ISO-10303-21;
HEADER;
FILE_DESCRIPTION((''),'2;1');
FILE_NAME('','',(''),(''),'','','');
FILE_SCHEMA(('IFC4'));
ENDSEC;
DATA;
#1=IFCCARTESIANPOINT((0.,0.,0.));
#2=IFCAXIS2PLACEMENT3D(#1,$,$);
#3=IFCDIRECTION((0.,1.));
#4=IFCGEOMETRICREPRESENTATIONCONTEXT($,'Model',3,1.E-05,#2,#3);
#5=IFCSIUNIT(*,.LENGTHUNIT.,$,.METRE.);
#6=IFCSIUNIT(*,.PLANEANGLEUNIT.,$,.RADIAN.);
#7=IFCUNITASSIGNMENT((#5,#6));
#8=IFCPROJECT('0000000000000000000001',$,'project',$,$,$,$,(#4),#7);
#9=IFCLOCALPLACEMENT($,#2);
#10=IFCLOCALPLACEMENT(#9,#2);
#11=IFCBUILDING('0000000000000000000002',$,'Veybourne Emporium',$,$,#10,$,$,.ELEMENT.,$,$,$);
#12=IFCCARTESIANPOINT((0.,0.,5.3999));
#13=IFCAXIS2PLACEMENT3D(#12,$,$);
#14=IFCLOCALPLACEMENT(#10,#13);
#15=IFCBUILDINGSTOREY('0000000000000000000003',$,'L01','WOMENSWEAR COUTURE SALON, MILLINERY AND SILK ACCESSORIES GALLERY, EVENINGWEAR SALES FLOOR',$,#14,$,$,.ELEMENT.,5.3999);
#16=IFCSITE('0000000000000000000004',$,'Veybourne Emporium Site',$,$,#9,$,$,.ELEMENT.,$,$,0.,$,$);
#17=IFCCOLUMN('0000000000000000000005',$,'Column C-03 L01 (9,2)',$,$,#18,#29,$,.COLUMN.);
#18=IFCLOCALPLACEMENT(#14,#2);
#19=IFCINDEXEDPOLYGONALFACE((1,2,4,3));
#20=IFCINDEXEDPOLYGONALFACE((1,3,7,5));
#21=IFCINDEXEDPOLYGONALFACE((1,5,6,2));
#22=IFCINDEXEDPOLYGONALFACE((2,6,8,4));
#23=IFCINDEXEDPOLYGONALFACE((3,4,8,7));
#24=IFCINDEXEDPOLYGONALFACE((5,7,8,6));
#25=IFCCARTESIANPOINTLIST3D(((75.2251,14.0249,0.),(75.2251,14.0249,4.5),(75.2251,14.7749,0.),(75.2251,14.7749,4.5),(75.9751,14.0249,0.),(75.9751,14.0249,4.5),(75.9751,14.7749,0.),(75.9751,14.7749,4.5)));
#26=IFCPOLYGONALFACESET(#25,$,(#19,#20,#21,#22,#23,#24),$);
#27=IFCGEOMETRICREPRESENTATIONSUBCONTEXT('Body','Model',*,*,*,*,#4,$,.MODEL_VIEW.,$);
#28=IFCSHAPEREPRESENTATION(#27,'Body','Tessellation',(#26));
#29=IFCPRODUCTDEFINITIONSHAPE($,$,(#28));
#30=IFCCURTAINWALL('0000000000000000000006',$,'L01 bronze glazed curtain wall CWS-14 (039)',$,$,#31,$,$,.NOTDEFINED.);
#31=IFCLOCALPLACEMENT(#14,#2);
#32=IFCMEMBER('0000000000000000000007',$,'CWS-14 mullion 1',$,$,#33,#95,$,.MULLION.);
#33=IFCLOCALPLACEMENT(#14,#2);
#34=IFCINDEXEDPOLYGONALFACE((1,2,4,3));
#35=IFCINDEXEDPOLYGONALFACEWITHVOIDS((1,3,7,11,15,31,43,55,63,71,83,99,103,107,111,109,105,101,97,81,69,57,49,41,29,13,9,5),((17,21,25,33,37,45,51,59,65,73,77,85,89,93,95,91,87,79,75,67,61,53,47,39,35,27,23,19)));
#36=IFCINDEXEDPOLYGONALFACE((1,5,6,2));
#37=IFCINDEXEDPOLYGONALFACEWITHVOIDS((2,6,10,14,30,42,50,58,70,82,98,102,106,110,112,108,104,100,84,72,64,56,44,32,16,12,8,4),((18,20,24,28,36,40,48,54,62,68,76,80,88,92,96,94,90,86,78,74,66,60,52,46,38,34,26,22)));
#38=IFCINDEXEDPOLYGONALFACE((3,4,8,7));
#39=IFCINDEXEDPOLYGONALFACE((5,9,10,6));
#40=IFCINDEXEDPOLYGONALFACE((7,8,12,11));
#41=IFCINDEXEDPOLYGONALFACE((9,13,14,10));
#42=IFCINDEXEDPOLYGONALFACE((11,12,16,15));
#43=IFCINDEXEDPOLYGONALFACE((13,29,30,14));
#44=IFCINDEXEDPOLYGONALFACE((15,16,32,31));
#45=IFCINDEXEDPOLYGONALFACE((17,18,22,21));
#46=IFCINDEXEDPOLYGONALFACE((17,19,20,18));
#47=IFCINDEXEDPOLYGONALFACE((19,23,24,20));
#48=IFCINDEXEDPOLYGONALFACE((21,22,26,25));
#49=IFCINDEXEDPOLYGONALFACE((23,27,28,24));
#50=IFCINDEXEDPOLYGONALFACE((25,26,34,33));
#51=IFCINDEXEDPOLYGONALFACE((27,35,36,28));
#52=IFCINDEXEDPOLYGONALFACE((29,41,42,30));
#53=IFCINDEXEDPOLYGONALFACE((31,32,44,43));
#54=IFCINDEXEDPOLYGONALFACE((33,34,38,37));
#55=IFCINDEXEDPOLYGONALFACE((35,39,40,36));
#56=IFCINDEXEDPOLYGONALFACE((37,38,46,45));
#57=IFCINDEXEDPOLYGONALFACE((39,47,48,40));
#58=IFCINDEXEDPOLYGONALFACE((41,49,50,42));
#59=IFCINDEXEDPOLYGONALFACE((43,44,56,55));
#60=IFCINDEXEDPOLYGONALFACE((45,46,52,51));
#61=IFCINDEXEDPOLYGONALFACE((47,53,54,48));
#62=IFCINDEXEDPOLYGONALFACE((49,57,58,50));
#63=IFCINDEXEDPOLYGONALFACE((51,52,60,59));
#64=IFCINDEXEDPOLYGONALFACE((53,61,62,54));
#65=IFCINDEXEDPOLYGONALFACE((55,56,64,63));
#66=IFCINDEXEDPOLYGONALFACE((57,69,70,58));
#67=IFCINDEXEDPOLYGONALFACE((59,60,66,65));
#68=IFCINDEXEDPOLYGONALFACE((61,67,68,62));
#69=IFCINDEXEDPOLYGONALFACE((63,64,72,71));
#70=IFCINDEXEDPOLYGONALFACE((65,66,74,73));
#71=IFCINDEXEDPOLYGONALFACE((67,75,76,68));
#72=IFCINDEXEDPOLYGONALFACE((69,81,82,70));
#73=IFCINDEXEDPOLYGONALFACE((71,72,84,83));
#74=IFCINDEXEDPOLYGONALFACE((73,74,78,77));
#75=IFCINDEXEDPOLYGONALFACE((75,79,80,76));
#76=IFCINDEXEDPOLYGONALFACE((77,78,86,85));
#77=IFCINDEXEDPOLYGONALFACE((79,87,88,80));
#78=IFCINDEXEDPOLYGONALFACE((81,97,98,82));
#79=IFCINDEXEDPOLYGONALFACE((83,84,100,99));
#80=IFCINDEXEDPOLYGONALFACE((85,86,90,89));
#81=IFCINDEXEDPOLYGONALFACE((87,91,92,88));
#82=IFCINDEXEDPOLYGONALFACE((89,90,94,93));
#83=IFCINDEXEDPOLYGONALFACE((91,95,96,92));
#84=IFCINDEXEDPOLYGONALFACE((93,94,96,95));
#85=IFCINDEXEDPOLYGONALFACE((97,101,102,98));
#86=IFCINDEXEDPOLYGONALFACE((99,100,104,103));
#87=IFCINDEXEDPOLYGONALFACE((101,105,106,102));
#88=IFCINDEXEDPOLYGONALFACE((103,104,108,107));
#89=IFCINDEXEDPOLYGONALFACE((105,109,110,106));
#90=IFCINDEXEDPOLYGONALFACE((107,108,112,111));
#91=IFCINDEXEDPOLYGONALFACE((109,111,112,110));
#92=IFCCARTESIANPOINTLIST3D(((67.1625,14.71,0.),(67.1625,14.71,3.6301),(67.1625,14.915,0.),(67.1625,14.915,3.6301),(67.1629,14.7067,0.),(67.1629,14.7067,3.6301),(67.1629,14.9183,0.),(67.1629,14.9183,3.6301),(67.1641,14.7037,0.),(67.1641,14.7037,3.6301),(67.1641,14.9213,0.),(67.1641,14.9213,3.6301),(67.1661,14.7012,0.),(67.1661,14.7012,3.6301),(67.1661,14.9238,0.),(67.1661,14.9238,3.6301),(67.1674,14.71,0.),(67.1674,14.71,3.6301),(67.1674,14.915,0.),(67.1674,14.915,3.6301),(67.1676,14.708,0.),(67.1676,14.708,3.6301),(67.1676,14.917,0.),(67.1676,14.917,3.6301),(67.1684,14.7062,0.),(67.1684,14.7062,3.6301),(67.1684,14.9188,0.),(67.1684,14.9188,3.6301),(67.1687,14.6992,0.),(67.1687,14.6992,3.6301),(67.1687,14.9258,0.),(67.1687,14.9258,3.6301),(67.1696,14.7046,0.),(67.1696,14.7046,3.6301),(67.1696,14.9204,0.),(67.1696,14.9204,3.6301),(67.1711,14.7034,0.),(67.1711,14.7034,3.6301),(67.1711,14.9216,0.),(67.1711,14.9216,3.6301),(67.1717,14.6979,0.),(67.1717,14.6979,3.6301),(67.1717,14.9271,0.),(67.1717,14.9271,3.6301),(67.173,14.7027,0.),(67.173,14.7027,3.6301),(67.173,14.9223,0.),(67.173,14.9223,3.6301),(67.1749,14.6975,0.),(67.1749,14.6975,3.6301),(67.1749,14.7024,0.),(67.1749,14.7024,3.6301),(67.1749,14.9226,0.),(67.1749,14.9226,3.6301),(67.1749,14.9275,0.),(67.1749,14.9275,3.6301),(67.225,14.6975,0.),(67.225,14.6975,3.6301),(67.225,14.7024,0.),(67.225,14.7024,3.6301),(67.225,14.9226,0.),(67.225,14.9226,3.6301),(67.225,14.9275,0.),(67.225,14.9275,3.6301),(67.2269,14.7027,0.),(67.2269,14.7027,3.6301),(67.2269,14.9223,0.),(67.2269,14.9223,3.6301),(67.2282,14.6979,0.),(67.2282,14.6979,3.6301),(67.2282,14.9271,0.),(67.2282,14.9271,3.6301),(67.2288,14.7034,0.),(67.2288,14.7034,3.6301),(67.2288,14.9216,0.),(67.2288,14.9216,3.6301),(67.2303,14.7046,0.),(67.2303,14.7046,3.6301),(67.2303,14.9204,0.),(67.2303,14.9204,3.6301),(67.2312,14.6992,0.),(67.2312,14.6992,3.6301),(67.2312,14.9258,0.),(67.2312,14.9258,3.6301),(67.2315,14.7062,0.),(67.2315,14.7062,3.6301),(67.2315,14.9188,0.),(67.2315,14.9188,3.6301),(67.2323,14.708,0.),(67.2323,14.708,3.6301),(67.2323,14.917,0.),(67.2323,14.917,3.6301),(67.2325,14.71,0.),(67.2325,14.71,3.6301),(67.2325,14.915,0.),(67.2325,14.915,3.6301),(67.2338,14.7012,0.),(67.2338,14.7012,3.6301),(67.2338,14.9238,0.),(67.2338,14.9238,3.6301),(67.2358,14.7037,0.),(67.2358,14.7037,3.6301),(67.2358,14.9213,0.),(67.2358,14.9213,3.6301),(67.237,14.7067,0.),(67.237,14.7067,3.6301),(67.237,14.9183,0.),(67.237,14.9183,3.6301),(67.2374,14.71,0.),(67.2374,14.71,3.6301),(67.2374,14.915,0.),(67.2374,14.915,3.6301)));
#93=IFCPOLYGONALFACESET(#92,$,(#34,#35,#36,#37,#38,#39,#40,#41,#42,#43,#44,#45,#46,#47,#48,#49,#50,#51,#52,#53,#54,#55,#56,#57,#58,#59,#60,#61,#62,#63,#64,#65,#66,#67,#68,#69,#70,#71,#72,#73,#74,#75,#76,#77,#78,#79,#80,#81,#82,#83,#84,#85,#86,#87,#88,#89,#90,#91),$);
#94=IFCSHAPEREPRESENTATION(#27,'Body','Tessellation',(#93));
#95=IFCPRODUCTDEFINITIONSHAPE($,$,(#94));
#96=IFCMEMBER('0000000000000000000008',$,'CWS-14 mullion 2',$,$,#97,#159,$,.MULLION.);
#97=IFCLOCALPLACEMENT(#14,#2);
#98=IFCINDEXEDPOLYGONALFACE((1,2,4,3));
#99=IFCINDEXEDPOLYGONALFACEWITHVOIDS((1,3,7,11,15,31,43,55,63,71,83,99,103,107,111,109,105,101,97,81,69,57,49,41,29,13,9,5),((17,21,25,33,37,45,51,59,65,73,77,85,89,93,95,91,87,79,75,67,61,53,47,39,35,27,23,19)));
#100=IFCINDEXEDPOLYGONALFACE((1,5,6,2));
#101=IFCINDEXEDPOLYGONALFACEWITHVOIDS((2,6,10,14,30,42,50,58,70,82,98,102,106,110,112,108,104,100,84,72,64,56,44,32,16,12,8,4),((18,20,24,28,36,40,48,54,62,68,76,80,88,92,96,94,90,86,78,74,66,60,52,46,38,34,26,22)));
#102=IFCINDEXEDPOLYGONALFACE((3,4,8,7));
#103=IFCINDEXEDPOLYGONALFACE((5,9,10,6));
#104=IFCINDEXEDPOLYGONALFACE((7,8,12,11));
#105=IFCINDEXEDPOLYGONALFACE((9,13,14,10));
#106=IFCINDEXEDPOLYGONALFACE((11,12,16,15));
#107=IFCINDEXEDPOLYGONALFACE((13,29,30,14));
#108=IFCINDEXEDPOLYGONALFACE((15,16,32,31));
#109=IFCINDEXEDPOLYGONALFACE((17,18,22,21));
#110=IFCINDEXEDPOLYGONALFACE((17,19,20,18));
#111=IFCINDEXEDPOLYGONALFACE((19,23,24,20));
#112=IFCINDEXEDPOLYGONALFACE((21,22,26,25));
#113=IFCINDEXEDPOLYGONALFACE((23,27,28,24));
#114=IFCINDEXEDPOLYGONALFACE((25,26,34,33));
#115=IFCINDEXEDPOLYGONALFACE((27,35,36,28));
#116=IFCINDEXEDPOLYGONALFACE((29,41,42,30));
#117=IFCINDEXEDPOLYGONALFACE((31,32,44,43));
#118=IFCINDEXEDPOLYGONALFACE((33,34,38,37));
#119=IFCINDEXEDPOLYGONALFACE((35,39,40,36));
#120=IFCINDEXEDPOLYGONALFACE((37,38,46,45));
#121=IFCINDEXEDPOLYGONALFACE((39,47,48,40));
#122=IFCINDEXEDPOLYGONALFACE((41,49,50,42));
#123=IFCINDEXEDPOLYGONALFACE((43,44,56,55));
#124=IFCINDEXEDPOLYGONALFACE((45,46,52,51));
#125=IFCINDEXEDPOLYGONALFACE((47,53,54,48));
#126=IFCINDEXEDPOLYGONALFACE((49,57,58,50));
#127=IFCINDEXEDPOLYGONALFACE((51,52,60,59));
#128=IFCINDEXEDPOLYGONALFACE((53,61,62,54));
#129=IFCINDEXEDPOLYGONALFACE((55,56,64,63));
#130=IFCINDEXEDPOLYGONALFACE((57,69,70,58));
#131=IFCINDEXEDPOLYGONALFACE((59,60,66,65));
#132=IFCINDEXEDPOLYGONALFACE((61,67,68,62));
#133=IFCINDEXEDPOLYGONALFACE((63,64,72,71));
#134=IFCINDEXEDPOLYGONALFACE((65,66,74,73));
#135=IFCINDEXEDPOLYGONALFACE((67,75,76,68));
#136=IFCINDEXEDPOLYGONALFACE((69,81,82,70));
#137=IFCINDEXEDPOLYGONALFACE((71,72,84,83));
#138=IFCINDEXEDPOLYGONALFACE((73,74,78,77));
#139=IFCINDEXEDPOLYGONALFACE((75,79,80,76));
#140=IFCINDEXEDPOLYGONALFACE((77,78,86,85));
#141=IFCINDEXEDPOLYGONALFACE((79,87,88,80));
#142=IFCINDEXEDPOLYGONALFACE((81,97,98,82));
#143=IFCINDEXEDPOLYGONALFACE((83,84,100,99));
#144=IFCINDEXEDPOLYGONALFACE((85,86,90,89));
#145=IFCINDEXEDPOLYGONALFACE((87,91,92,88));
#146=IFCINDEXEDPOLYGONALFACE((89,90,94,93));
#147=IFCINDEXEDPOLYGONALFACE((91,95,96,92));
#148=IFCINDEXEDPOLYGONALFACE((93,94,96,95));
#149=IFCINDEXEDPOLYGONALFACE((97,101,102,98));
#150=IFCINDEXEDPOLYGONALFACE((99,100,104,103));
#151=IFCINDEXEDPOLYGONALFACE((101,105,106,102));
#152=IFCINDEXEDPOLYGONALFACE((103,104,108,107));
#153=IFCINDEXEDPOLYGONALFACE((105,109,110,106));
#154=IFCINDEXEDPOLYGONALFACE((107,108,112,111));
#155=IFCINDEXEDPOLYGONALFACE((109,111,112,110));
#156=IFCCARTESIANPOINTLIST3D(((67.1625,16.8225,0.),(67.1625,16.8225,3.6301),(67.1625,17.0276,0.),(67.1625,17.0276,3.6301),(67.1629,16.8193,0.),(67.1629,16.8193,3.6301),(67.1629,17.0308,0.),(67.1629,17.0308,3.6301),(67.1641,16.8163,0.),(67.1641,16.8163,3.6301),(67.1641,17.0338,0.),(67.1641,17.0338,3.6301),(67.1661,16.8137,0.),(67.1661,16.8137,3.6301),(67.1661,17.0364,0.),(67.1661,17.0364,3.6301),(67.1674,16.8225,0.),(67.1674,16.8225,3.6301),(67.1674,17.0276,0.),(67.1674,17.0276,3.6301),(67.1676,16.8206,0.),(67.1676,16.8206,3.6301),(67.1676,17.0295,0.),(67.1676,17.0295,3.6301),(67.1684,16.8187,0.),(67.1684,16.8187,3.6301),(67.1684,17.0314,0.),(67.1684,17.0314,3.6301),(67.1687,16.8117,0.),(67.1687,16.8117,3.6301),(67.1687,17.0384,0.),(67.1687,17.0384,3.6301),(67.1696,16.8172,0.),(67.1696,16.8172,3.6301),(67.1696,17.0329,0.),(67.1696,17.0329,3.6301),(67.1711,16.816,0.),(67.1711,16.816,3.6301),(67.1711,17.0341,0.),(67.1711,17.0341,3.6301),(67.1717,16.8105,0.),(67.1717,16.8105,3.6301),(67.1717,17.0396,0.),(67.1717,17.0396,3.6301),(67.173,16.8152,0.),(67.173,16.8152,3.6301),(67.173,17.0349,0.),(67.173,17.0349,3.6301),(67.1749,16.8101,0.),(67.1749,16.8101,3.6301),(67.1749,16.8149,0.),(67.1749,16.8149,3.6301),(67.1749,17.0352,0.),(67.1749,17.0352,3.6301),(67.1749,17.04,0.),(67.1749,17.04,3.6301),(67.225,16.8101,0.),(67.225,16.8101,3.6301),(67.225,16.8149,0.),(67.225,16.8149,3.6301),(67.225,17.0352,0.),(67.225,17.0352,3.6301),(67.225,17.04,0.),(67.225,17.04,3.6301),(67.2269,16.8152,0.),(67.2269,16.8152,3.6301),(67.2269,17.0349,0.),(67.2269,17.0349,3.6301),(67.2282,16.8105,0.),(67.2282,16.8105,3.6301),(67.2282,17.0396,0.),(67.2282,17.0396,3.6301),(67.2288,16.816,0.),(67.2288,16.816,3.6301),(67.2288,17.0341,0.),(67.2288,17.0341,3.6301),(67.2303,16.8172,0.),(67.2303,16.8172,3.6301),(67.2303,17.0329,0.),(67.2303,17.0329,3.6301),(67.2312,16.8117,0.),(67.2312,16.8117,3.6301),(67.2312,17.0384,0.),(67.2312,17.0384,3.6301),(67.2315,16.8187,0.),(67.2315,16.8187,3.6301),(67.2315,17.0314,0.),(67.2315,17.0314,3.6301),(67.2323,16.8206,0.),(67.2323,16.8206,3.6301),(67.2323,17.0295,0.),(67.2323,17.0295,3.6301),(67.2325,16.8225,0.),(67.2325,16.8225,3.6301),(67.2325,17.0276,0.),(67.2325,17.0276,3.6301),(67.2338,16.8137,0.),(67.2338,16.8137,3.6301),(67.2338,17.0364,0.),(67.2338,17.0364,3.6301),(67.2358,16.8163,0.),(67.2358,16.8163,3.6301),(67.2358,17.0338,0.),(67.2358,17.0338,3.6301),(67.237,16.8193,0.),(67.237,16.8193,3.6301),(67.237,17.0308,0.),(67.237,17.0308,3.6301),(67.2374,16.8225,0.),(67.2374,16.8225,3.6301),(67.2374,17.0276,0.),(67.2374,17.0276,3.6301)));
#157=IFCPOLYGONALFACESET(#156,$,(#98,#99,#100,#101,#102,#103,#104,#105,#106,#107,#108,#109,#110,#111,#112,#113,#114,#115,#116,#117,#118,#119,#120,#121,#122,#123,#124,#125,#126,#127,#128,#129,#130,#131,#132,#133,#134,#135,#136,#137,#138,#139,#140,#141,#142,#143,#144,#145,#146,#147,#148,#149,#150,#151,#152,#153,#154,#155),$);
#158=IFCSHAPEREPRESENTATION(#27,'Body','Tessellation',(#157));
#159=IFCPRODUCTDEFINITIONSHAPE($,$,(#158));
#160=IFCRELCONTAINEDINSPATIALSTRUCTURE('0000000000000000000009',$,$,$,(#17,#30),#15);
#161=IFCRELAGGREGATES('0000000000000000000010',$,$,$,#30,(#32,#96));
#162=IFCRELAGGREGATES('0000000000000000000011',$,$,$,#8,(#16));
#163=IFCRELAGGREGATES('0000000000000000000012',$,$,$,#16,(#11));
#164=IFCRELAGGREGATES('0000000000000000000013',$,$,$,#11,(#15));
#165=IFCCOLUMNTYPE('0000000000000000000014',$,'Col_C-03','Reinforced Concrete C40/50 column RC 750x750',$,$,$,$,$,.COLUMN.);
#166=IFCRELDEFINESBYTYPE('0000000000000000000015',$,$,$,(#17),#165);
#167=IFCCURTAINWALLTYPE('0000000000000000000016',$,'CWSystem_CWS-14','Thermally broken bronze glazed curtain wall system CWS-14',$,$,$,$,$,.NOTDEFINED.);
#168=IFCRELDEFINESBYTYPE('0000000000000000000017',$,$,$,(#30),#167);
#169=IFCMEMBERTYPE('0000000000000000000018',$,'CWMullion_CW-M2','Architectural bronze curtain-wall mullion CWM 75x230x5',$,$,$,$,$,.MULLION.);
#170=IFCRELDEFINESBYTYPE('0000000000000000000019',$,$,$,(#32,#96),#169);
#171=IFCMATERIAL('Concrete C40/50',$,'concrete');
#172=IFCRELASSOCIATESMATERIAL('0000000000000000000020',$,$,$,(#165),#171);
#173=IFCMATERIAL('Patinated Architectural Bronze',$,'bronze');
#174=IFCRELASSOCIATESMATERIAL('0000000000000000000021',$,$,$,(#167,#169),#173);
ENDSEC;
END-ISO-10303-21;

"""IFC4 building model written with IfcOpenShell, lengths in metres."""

from ifc_helpers import new_model, si_unit, direction, frame, origin, origin_2d, place, context, subcontext, project, spatial, rectangle, hollow_rectangle, extrude, material, material_profile, profile_set, type_object, element, aggregate, save


model = new_model("IFC4")

# Units and contexts
model_context = context("Model", 3, precision=1e-05, world=origin(), true_north=direction((0.0, 1.0)))
body_context = subcontext(model_context, "Body", "Model", "MODEL_VIEW")
ifc_project = project(units=[si_unit("LENGTHUNIT", "METRE"), si_unit("PLANEANGLEUNIT", "RADIAN")], contexts=[model_context])

# Site, building, storey
site_placement = place(None, origin())
site = spatial("IfcSite", under=ifc_project, at=site_placement, Name="Veybourne Emporium Site", CompositionType="ELEMENT", RefElevation=0.0)
building_placement = place(site_placement, origin())
building = spatial("IfcBuilding", under=site, at=building_placement, Name="Veybourne Emporium", CompositionType="ELEMENT")
storey_placement = place(building_placement, frame((0.0, 0.0, 5.3999)))
storey = spatial("IfcBuildingStorey", under=building, at=storey_placement, Name="L01", Description="WOMENSWEAR COUTURE SALON, MILLINERY AND SILK ACCESSORIES GALLERY, EVENINGWEAR SALES FLOOR", CompositionType="ELEMENT", Elevation=5.3999)

# Column
ifc_material_1 = material(Name="Concrete C40/50", Category="concrete")
ifc_material_profile_1 = material_profile(ifc_material_1, rectangle(XDim=0.75, YDim=0.75, at=origin_2d()), Name="RC 750x750")
ifc_profile_set_1 = profile_set([ifc_material_profile_1], Name="Concrete C40/50")
column_type = type_object("IfcColumnType", Name="Col_C-03", Description="Reinforced Concrete C40/50 column RC 750x750", PredefinedType="COLUMN", material=ifc_profile_set_1)
column_placement = place(storey_placement, frame((75.6001, 14.3999, 0.0), z_axis=(0.0, 0.0, 1.0), x_axis=(1.0, 0.0, 0.0)))
element("IfcColumn", 1, at=column_placement, inside=storey, type_object=column_type, Name="Column C-03 L01 (9,2)", PredefinedType="COLUMN", context=body_context, shape_type="SweptSolid", body=[
    extrude(rectangle(XDim=0.75, YDim=0.75, at=origin_2d()), origin(), (0.0, 0.0, 1.0), 4.5),
])

# Curtain wall, members
ifc_material_2 = material(Name="Patinated Architectural Bronze", Category="bronze")
curtain_wall_type_1 = type_object("IfcCurtainWallType", Name="CWSystem_CWS-14", Description="Thermally broken bronze glazed curtain wall system CWS-14", PredefinedType="NOTDEFINED", material=ifc_material_2)
curtain_wall_1_placement = place(storey_placement, origin())
curtain_wall_1 = element("IfcCurtainWall", 2, at=curtain_wall_1_placement, inside=storey, type_object=curtain_wall_type_1, Name="L01 bronze glazed curtain wall CWS-14 (039)", PredefinedType="NOTDEFINED")
ifc_material_profile_2 = material_profile(ifc_material_2, hollow_rectangle(XDim=0.075, YDim=0.23, WallThickness=0.0049, InnerFilletRadius=0.0076, OuterFilletRadius=0.0125, at=origin_2d()), Name="CWM 75x230x5")
ifc_profile_set_2 = profile_set([ifc_material_profile_2], Name="Patinated Architectural Bronze")
member_type_1 = type_object("IfcMemberType", Name="CWMullion_CW-M2", Description="Architectural bronze curtain-wall mullion CWM 75x230x5", PredefinedType="MULLION", material=ifc_profile_set_2)
member_1_placement = place(storey_placement, frame((67.2, 14.8125, 0.0), z_axis=(0.0, 0.0, 1.0), x_axis=(-1.0, 0.0, 0.0)))
member_1 = element("IfcMember", 3, at=member_1_placement, type_object=member_type_1, Name="CWS-14 mullion 1", PredefinedType="MULLION", context=body_context, shape_type="SweptSolid", body=[
    extrude(hollow_rectangle(XDim=0.075, YDim=0.23, WallThickness=0.0049, InnerFilletRadius=0.0076, OuterFilletRadius=0.0125, at=origin_2d()), origin(), (0.0, 0.0, 1.0), 3.6301),
])
member_2_placement = place(storey_placement, frame((67.2, 16.925, 0.0), z_axis=(0.0, 0.0, 1.0), x_axis=(-1.0, 0.0, 0.0)))
member_2 = element("IfcMember", 4, at=member_2_placement, type_object=member_type_1, Name="CWS-14 mullion 2", PredefinedType="MULLION", context=body_context, shape_type="SweptSolid", body=[
    extrude(hollow_rectangle(XDim=0.075, YDim=0.23, WallThickness=0.0049, InnerFilletRadius=0.0076, OuterFilletRadius=0.0125, at=origin_2d()), origin(), (0.0, 0.0, 1.0), 3.6301),
])

aggregate(curtain_wall_1, [member_1, member_2])

save(model, "model.ifc")
